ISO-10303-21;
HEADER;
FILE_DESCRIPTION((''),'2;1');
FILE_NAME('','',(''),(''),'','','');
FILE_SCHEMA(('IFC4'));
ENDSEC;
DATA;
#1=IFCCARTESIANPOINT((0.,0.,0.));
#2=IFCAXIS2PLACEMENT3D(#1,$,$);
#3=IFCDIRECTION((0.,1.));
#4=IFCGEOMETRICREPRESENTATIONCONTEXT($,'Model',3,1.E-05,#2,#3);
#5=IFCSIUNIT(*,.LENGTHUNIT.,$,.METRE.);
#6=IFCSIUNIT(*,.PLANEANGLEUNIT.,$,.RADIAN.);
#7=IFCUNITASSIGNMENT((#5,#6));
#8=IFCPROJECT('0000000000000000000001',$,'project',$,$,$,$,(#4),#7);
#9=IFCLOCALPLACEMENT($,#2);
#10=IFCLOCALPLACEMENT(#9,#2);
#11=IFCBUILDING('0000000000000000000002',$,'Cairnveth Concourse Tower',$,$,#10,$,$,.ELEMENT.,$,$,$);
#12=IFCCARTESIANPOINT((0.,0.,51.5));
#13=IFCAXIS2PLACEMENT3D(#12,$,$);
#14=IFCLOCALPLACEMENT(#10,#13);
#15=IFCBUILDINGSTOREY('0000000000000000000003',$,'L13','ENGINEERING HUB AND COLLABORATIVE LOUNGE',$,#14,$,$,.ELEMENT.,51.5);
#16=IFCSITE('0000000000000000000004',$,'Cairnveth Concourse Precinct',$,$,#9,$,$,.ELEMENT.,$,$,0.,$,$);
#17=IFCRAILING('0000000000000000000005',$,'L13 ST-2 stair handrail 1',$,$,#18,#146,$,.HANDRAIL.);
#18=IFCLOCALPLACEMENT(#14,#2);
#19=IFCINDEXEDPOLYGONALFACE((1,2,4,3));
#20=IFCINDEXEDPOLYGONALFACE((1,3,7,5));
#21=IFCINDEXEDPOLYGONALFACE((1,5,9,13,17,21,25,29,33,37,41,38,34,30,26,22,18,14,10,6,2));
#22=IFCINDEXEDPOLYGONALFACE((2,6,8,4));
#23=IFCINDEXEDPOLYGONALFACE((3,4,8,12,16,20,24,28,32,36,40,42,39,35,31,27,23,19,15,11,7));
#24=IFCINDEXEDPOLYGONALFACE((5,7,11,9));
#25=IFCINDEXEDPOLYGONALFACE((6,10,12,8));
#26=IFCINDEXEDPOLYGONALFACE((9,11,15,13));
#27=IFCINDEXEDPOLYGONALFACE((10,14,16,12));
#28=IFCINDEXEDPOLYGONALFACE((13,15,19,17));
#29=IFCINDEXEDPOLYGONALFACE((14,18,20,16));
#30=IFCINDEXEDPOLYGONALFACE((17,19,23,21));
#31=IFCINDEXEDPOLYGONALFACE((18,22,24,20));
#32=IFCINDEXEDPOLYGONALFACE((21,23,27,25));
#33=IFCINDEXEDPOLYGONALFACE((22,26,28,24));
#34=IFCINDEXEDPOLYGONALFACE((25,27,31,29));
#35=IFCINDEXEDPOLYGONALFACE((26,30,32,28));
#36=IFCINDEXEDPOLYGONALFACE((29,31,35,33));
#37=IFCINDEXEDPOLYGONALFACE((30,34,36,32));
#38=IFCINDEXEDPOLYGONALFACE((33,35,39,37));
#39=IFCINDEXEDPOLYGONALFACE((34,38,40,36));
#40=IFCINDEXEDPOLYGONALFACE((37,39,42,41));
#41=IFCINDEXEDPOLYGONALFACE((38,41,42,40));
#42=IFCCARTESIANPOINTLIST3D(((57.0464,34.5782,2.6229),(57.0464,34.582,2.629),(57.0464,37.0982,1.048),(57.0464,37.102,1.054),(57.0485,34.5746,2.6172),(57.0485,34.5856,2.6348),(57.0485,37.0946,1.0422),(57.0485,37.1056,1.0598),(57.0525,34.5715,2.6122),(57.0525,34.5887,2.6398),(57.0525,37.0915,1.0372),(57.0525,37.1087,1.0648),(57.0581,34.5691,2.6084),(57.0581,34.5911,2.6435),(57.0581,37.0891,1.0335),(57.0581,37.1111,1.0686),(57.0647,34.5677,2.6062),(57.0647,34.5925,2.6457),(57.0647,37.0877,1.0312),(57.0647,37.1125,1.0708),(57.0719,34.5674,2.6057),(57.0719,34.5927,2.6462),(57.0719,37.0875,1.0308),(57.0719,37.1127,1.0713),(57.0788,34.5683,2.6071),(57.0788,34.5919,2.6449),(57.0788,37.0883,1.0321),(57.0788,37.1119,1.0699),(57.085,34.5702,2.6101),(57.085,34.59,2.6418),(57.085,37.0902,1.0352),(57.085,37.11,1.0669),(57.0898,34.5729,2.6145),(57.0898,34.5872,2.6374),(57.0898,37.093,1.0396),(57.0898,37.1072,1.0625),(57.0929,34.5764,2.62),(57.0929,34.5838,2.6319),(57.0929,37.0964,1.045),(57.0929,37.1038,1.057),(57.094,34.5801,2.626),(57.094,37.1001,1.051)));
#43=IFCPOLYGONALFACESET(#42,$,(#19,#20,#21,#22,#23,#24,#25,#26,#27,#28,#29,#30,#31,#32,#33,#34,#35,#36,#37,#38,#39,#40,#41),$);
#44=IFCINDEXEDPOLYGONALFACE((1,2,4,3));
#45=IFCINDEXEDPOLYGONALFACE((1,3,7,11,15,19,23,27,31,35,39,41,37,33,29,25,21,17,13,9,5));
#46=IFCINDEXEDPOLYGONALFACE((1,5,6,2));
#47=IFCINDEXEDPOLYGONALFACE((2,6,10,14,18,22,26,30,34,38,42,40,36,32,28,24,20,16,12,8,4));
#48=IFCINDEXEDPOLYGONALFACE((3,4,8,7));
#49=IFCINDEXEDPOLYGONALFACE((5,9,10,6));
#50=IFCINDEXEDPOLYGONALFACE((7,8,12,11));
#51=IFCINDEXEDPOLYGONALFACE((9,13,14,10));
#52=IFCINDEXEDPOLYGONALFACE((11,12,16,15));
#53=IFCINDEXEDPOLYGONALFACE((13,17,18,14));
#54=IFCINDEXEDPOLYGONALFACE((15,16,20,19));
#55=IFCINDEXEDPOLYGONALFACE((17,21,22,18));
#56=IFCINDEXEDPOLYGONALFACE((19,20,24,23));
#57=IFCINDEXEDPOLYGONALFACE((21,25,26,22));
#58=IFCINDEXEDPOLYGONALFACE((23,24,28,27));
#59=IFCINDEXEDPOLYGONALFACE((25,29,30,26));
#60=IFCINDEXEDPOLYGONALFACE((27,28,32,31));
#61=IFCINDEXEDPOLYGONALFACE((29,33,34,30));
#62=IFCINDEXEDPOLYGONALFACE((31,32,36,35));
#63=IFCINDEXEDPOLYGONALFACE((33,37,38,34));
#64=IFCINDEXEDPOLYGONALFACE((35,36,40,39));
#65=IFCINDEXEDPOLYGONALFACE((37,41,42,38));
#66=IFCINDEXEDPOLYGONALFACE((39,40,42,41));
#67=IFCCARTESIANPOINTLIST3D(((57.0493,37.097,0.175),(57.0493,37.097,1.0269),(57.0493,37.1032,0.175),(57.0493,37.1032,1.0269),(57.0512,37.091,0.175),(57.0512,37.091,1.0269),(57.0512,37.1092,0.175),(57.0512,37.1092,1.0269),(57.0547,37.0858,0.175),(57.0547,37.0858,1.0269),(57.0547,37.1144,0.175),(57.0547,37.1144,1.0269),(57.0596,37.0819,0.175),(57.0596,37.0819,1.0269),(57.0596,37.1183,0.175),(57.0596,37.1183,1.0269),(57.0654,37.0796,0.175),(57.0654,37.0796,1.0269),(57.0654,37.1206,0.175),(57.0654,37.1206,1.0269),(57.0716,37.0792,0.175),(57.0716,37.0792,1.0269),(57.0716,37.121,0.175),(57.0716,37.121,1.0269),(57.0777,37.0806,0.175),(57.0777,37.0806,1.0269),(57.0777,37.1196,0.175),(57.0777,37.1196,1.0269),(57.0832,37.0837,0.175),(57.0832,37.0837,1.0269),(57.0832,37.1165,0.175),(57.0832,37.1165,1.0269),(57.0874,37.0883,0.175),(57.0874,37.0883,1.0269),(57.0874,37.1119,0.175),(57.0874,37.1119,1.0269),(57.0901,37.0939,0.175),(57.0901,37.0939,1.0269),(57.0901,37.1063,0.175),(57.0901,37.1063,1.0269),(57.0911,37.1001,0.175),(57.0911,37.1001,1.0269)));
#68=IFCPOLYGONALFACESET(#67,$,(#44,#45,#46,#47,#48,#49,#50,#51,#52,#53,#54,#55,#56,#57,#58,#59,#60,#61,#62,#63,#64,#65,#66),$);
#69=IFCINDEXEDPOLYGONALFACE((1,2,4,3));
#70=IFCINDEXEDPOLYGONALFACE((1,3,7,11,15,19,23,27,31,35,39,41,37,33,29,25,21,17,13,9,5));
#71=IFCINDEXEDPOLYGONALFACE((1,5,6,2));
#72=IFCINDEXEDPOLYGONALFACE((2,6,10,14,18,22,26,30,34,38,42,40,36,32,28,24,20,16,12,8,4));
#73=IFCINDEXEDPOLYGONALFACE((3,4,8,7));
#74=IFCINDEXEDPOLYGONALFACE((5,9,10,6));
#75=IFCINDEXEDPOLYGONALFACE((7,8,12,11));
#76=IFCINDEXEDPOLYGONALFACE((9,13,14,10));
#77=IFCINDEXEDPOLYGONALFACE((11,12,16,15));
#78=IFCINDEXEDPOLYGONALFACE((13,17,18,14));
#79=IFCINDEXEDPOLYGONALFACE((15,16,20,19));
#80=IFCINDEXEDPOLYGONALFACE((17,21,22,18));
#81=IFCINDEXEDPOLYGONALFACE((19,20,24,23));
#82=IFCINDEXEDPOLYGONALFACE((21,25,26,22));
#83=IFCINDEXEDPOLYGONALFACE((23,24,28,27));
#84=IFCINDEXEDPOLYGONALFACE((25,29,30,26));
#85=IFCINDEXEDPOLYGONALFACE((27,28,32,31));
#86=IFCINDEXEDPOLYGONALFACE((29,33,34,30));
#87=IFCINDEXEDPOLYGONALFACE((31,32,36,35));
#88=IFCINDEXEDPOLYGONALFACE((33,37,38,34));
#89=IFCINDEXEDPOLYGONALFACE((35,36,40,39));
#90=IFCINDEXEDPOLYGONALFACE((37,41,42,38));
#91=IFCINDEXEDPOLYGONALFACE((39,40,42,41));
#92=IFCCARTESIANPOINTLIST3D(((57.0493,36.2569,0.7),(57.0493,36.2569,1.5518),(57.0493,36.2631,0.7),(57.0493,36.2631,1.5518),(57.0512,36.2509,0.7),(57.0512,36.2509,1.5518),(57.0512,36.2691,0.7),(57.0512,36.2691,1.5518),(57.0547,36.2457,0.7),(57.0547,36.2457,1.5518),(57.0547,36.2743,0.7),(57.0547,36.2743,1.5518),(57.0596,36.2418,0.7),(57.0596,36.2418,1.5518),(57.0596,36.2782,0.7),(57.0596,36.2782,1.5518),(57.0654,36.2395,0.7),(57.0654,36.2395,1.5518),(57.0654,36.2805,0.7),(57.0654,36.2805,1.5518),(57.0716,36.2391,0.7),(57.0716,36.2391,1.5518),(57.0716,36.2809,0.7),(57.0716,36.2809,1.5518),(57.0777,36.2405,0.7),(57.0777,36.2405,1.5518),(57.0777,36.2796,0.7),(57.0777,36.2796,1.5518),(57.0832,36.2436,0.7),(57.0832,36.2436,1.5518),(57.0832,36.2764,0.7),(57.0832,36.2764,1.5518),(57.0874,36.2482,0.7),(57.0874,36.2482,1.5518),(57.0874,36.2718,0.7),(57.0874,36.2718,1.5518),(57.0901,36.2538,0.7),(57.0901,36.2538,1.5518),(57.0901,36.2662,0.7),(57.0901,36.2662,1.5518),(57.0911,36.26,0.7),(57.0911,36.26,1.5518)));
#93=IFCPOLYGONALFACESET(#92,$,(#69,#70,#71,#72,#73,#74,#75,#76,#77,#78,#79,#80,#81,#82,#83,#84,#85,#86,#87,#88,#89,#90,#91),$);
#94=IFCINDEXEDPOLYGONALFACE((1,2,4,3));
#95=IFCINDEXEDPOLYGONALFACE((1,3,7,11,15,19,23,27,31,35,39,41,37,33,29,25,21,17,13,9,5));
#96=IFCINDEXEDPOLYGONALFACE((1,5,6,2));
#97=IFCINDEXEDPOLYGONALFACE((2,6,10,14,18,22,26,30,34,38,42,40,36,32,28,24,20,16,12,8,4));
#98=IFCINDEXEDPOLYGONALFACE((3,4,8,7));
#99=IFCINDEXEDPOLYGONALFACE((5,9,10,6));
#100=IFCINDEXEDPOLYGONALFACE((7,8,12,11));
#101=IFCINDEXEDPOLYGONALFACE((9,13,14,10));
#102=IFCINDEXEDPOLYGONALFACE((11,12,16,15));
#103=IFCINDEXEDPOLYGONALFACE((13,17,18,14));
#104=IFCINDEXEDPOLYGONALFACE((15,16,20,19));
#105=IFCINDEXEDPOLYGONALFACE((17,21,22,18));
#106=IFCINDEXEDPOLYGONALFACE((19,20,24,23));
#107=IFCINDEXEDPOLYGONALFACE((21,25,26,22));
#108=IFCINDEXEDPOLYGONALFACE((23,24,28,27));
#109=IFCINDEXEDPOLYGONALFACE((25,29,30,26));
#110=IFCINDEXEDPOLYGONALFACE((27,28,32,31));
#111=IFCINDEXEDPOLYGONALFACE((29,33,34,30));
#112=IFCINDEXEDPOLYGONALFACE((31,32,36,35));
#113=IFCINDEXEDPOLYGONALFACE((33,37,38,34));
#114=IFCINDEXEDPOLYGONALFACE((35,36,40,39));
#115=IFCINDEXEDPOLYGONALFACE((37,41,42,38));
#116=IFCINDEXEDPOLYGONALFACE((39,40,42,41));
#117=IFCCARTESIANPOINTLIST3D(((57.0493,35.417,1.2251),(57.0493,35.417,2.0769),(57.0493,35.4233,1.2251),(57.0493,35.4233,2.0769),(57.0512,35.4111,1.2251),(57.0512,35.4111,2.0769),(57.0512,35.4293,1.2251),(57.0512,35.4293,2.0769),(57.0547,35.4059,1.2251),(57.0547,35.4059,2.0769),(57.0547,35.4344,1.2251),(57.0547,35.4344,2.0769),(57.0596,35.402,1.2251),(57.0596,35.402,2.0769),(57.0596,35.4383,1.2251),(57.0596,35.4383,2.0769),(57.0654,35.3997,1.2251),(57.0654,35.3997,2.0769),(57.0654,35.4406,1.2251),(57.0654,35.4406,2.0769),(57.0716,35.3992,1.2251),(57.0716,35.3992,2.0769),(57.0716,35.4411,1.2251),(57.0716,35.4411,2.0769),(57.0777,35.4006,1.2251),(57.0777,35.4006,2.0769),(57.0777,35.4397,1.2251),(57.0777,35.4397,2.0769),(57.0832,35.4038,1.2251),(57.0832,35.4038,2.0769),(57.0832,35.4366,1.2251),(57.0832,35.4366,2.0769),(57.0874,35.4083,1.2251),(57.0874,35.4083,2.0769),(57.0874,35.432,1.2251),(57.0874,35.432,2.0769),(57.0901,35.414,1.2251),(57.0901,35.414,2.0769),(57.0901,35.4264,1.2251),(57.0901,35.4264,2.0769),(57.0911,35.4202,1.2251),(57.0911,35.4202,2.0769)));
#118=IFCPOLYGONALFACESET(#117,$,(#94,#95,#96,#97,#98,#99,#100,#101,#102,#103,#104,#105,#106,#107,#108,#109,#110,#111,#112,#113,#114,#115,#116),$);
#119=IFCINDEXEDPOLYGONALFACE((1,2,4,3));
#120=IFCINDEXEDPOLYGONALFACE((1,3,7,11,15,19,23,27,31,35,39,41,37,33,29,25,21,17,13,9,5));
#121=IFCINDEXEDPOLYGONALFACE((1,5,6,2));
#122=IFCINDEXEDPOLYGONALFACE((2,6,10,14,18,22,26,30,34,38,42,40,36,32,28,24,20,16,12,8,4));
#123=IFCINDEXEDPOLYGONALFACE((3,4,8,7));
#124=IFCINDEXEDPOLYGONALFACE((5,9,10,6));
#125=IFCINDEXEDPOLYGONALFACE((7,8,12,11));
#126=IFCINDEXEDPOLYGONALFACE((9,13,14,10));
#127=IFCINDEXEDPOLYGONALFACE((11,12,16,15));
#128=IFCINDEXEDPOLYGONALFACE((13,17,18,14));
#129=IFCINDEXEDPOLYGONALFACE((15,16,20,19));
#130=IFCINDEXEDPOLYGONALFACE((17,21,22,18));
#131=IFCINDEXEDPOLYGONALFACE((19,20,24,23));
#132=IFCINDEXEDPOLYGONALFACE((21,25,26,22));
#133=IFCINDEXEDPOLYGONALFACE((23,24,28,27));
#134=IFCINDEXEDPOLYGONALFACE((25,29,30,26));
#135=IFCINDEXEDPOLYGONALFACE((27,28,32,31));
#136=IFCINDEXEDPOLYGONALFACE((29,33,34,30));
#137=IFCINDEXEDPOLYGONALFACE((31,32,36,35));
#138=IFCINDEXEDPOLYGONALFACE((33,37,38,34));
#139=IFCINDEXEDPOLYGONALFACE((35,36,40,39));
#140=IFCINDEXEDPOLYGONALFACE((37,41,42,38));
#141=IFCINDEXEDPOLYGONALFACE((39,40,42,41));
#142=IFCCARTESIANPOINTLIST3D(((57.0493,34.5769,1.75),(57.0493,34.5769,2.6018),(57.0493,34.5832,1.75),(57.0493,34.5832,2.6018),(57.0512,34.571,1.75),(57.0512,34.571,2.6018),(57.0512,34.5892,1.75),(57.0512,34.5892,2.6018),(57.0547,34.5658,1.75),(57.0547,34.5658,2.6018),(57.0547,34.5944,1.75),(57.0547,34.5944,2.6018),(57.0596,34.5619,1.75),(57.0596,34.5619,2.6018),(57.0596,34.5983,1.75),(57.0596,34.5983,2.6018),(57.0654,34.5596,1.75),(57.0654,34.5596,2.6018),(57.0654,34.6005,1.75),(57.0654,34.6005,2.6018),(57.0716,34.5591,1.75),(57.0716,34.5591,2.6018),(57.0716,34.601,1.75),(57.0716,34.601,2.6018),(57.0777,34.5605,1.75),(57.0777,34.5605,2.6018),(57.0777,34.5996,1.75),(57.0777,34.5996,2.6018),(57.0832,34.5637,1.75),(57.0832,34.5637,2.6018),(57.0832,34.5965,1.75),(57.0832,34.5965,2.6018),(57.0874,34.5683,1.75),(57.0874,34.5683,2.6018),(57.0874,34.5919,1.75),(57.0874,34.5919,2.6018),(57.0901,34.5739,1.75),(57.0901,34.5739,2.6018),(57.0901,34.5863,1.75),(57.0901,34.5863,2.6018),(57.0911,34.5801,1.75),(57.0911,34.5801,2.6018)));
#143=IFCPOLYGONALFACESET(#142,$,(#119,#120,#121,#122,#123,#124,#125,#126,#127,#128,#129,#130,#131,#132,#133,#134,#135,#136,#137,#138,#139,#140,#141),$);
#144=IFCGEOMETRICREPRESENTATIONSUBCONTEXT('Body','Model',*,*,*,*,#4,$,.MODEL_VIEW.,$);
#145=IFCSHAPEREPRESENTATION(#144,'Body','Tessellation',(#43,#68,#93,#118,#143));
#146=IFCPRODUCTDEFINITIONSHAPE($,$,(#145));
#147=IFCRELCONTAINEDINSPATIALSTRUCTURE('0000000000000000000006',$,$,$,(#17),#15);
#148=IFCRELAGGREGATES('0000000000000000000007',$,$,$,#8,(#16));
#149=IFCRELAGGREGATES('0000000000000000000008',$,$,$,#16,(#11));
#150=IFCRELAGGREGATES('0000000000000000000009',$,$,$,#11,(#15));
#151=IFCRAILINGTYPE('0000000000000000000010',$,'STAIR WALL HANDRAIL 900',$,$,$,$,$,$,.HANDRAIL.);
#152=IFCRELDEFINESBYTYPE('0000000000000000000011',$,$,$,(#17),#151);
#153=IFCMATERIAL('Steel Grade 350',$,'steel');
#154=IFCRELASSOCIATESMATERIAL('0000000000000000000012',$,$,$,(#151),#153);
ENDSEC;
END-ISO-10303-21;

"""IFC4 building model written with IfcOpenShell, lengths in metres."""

from ifc_helpers import new_model, si_unit, direction, frame, origin, origin_2d, place, context, subcontext, project, spatial, circle, extrude, material, type_object, element, save


model = new_model("IFC4")

# Units and contexts
model_context = context("Model", 3, precision=1e-05, world=origin(), true_north=direction((0.0, 1.0)))
body_context = subcontext(model_context, "Body", "Model", "MODEL_VIEW")
ifc_project = project(units=[si_unit("LENGTHUNIT", "METRE"), si_unit("PLANEANGLEUNIT", "RADIAN")], contexts=[model_context])

# Site, building, storey
site_placement = place(None, origin())
site = spatial("IfcSite", under=ifc_project, at=site_placement, Name="Cairnveth Concourse Precinct", CompositionType="ELEMENT", RefElevation=0.0)
building_placement = place(site_placement, origin())
building = spatial("IfcBuilding", under=site, at=building_placement, Name="Cairnveth Concourse Tower", CompositionType="ELEMENT")
storey_placement = place(building_placement, frame((0.0, 0.0, 51.5)))
storey = spatial("IfcBuildingStorey", under=building, at=storey_placement, Name="L13", Description="ENGINEERING HUB AND COLLABORATIVE LOUNGE", CompositionType="ELEMENT", Elevation=51.5)

# Shared definitions
ifc_material_1 = material(Name="Steel Grade 350", Category="steel")

# Railing
railing_type_1 = type_object("IfcRailingType", Name="STAIR WALL HANDRAIL 900", PredefinedType="HANDRAIL", material=ifc_material_1)
railing_1_placement = place(storey_placement, frame((57.0701, 37.1001, 0.175)))
element("IfcRailing", 1, at=railing_1_placement, inside=storey, type_object=railing_type_1, Name="L13 ST-2 stair handrail 1", PredefinedType="HANDRAIL", context=body_context, shape_type="SweptSolid", body=[
    extrude(circle(Radius=0.0239, at=origin_2d()), frame((0.0, 0.0, 0.876), z_axis=(0.0, -0.848008, 0.529984), x_axis=(1.0, 0.0, 0.0)), (0.0, 0.0, 1.0), 2.9717),
    extrude(circle(Radius=0.021, at=origin_2d()), origin(), (0.0, 0.0, 1.0), 0.8518),
    extrude(circle(Radius=0.021, at=origin_2d()), frame((0.0, -0.8401, 0.5249)), (0.0, 0.0, 1.0), 0.8518),
    extrude(circle(Radius=0.021, at=origin_2d()), frame((0.0, -1.6799, 1.05)), (0.0, 0.0, 1.0), 0.8518),
    extrude(circle(Radius=0.021, at=origin_2d()), frame((0.0, -2.52, 1.575)), (0.0, 0.0, 1.0), 0.8518),
])

save(model, "model.ifc")
